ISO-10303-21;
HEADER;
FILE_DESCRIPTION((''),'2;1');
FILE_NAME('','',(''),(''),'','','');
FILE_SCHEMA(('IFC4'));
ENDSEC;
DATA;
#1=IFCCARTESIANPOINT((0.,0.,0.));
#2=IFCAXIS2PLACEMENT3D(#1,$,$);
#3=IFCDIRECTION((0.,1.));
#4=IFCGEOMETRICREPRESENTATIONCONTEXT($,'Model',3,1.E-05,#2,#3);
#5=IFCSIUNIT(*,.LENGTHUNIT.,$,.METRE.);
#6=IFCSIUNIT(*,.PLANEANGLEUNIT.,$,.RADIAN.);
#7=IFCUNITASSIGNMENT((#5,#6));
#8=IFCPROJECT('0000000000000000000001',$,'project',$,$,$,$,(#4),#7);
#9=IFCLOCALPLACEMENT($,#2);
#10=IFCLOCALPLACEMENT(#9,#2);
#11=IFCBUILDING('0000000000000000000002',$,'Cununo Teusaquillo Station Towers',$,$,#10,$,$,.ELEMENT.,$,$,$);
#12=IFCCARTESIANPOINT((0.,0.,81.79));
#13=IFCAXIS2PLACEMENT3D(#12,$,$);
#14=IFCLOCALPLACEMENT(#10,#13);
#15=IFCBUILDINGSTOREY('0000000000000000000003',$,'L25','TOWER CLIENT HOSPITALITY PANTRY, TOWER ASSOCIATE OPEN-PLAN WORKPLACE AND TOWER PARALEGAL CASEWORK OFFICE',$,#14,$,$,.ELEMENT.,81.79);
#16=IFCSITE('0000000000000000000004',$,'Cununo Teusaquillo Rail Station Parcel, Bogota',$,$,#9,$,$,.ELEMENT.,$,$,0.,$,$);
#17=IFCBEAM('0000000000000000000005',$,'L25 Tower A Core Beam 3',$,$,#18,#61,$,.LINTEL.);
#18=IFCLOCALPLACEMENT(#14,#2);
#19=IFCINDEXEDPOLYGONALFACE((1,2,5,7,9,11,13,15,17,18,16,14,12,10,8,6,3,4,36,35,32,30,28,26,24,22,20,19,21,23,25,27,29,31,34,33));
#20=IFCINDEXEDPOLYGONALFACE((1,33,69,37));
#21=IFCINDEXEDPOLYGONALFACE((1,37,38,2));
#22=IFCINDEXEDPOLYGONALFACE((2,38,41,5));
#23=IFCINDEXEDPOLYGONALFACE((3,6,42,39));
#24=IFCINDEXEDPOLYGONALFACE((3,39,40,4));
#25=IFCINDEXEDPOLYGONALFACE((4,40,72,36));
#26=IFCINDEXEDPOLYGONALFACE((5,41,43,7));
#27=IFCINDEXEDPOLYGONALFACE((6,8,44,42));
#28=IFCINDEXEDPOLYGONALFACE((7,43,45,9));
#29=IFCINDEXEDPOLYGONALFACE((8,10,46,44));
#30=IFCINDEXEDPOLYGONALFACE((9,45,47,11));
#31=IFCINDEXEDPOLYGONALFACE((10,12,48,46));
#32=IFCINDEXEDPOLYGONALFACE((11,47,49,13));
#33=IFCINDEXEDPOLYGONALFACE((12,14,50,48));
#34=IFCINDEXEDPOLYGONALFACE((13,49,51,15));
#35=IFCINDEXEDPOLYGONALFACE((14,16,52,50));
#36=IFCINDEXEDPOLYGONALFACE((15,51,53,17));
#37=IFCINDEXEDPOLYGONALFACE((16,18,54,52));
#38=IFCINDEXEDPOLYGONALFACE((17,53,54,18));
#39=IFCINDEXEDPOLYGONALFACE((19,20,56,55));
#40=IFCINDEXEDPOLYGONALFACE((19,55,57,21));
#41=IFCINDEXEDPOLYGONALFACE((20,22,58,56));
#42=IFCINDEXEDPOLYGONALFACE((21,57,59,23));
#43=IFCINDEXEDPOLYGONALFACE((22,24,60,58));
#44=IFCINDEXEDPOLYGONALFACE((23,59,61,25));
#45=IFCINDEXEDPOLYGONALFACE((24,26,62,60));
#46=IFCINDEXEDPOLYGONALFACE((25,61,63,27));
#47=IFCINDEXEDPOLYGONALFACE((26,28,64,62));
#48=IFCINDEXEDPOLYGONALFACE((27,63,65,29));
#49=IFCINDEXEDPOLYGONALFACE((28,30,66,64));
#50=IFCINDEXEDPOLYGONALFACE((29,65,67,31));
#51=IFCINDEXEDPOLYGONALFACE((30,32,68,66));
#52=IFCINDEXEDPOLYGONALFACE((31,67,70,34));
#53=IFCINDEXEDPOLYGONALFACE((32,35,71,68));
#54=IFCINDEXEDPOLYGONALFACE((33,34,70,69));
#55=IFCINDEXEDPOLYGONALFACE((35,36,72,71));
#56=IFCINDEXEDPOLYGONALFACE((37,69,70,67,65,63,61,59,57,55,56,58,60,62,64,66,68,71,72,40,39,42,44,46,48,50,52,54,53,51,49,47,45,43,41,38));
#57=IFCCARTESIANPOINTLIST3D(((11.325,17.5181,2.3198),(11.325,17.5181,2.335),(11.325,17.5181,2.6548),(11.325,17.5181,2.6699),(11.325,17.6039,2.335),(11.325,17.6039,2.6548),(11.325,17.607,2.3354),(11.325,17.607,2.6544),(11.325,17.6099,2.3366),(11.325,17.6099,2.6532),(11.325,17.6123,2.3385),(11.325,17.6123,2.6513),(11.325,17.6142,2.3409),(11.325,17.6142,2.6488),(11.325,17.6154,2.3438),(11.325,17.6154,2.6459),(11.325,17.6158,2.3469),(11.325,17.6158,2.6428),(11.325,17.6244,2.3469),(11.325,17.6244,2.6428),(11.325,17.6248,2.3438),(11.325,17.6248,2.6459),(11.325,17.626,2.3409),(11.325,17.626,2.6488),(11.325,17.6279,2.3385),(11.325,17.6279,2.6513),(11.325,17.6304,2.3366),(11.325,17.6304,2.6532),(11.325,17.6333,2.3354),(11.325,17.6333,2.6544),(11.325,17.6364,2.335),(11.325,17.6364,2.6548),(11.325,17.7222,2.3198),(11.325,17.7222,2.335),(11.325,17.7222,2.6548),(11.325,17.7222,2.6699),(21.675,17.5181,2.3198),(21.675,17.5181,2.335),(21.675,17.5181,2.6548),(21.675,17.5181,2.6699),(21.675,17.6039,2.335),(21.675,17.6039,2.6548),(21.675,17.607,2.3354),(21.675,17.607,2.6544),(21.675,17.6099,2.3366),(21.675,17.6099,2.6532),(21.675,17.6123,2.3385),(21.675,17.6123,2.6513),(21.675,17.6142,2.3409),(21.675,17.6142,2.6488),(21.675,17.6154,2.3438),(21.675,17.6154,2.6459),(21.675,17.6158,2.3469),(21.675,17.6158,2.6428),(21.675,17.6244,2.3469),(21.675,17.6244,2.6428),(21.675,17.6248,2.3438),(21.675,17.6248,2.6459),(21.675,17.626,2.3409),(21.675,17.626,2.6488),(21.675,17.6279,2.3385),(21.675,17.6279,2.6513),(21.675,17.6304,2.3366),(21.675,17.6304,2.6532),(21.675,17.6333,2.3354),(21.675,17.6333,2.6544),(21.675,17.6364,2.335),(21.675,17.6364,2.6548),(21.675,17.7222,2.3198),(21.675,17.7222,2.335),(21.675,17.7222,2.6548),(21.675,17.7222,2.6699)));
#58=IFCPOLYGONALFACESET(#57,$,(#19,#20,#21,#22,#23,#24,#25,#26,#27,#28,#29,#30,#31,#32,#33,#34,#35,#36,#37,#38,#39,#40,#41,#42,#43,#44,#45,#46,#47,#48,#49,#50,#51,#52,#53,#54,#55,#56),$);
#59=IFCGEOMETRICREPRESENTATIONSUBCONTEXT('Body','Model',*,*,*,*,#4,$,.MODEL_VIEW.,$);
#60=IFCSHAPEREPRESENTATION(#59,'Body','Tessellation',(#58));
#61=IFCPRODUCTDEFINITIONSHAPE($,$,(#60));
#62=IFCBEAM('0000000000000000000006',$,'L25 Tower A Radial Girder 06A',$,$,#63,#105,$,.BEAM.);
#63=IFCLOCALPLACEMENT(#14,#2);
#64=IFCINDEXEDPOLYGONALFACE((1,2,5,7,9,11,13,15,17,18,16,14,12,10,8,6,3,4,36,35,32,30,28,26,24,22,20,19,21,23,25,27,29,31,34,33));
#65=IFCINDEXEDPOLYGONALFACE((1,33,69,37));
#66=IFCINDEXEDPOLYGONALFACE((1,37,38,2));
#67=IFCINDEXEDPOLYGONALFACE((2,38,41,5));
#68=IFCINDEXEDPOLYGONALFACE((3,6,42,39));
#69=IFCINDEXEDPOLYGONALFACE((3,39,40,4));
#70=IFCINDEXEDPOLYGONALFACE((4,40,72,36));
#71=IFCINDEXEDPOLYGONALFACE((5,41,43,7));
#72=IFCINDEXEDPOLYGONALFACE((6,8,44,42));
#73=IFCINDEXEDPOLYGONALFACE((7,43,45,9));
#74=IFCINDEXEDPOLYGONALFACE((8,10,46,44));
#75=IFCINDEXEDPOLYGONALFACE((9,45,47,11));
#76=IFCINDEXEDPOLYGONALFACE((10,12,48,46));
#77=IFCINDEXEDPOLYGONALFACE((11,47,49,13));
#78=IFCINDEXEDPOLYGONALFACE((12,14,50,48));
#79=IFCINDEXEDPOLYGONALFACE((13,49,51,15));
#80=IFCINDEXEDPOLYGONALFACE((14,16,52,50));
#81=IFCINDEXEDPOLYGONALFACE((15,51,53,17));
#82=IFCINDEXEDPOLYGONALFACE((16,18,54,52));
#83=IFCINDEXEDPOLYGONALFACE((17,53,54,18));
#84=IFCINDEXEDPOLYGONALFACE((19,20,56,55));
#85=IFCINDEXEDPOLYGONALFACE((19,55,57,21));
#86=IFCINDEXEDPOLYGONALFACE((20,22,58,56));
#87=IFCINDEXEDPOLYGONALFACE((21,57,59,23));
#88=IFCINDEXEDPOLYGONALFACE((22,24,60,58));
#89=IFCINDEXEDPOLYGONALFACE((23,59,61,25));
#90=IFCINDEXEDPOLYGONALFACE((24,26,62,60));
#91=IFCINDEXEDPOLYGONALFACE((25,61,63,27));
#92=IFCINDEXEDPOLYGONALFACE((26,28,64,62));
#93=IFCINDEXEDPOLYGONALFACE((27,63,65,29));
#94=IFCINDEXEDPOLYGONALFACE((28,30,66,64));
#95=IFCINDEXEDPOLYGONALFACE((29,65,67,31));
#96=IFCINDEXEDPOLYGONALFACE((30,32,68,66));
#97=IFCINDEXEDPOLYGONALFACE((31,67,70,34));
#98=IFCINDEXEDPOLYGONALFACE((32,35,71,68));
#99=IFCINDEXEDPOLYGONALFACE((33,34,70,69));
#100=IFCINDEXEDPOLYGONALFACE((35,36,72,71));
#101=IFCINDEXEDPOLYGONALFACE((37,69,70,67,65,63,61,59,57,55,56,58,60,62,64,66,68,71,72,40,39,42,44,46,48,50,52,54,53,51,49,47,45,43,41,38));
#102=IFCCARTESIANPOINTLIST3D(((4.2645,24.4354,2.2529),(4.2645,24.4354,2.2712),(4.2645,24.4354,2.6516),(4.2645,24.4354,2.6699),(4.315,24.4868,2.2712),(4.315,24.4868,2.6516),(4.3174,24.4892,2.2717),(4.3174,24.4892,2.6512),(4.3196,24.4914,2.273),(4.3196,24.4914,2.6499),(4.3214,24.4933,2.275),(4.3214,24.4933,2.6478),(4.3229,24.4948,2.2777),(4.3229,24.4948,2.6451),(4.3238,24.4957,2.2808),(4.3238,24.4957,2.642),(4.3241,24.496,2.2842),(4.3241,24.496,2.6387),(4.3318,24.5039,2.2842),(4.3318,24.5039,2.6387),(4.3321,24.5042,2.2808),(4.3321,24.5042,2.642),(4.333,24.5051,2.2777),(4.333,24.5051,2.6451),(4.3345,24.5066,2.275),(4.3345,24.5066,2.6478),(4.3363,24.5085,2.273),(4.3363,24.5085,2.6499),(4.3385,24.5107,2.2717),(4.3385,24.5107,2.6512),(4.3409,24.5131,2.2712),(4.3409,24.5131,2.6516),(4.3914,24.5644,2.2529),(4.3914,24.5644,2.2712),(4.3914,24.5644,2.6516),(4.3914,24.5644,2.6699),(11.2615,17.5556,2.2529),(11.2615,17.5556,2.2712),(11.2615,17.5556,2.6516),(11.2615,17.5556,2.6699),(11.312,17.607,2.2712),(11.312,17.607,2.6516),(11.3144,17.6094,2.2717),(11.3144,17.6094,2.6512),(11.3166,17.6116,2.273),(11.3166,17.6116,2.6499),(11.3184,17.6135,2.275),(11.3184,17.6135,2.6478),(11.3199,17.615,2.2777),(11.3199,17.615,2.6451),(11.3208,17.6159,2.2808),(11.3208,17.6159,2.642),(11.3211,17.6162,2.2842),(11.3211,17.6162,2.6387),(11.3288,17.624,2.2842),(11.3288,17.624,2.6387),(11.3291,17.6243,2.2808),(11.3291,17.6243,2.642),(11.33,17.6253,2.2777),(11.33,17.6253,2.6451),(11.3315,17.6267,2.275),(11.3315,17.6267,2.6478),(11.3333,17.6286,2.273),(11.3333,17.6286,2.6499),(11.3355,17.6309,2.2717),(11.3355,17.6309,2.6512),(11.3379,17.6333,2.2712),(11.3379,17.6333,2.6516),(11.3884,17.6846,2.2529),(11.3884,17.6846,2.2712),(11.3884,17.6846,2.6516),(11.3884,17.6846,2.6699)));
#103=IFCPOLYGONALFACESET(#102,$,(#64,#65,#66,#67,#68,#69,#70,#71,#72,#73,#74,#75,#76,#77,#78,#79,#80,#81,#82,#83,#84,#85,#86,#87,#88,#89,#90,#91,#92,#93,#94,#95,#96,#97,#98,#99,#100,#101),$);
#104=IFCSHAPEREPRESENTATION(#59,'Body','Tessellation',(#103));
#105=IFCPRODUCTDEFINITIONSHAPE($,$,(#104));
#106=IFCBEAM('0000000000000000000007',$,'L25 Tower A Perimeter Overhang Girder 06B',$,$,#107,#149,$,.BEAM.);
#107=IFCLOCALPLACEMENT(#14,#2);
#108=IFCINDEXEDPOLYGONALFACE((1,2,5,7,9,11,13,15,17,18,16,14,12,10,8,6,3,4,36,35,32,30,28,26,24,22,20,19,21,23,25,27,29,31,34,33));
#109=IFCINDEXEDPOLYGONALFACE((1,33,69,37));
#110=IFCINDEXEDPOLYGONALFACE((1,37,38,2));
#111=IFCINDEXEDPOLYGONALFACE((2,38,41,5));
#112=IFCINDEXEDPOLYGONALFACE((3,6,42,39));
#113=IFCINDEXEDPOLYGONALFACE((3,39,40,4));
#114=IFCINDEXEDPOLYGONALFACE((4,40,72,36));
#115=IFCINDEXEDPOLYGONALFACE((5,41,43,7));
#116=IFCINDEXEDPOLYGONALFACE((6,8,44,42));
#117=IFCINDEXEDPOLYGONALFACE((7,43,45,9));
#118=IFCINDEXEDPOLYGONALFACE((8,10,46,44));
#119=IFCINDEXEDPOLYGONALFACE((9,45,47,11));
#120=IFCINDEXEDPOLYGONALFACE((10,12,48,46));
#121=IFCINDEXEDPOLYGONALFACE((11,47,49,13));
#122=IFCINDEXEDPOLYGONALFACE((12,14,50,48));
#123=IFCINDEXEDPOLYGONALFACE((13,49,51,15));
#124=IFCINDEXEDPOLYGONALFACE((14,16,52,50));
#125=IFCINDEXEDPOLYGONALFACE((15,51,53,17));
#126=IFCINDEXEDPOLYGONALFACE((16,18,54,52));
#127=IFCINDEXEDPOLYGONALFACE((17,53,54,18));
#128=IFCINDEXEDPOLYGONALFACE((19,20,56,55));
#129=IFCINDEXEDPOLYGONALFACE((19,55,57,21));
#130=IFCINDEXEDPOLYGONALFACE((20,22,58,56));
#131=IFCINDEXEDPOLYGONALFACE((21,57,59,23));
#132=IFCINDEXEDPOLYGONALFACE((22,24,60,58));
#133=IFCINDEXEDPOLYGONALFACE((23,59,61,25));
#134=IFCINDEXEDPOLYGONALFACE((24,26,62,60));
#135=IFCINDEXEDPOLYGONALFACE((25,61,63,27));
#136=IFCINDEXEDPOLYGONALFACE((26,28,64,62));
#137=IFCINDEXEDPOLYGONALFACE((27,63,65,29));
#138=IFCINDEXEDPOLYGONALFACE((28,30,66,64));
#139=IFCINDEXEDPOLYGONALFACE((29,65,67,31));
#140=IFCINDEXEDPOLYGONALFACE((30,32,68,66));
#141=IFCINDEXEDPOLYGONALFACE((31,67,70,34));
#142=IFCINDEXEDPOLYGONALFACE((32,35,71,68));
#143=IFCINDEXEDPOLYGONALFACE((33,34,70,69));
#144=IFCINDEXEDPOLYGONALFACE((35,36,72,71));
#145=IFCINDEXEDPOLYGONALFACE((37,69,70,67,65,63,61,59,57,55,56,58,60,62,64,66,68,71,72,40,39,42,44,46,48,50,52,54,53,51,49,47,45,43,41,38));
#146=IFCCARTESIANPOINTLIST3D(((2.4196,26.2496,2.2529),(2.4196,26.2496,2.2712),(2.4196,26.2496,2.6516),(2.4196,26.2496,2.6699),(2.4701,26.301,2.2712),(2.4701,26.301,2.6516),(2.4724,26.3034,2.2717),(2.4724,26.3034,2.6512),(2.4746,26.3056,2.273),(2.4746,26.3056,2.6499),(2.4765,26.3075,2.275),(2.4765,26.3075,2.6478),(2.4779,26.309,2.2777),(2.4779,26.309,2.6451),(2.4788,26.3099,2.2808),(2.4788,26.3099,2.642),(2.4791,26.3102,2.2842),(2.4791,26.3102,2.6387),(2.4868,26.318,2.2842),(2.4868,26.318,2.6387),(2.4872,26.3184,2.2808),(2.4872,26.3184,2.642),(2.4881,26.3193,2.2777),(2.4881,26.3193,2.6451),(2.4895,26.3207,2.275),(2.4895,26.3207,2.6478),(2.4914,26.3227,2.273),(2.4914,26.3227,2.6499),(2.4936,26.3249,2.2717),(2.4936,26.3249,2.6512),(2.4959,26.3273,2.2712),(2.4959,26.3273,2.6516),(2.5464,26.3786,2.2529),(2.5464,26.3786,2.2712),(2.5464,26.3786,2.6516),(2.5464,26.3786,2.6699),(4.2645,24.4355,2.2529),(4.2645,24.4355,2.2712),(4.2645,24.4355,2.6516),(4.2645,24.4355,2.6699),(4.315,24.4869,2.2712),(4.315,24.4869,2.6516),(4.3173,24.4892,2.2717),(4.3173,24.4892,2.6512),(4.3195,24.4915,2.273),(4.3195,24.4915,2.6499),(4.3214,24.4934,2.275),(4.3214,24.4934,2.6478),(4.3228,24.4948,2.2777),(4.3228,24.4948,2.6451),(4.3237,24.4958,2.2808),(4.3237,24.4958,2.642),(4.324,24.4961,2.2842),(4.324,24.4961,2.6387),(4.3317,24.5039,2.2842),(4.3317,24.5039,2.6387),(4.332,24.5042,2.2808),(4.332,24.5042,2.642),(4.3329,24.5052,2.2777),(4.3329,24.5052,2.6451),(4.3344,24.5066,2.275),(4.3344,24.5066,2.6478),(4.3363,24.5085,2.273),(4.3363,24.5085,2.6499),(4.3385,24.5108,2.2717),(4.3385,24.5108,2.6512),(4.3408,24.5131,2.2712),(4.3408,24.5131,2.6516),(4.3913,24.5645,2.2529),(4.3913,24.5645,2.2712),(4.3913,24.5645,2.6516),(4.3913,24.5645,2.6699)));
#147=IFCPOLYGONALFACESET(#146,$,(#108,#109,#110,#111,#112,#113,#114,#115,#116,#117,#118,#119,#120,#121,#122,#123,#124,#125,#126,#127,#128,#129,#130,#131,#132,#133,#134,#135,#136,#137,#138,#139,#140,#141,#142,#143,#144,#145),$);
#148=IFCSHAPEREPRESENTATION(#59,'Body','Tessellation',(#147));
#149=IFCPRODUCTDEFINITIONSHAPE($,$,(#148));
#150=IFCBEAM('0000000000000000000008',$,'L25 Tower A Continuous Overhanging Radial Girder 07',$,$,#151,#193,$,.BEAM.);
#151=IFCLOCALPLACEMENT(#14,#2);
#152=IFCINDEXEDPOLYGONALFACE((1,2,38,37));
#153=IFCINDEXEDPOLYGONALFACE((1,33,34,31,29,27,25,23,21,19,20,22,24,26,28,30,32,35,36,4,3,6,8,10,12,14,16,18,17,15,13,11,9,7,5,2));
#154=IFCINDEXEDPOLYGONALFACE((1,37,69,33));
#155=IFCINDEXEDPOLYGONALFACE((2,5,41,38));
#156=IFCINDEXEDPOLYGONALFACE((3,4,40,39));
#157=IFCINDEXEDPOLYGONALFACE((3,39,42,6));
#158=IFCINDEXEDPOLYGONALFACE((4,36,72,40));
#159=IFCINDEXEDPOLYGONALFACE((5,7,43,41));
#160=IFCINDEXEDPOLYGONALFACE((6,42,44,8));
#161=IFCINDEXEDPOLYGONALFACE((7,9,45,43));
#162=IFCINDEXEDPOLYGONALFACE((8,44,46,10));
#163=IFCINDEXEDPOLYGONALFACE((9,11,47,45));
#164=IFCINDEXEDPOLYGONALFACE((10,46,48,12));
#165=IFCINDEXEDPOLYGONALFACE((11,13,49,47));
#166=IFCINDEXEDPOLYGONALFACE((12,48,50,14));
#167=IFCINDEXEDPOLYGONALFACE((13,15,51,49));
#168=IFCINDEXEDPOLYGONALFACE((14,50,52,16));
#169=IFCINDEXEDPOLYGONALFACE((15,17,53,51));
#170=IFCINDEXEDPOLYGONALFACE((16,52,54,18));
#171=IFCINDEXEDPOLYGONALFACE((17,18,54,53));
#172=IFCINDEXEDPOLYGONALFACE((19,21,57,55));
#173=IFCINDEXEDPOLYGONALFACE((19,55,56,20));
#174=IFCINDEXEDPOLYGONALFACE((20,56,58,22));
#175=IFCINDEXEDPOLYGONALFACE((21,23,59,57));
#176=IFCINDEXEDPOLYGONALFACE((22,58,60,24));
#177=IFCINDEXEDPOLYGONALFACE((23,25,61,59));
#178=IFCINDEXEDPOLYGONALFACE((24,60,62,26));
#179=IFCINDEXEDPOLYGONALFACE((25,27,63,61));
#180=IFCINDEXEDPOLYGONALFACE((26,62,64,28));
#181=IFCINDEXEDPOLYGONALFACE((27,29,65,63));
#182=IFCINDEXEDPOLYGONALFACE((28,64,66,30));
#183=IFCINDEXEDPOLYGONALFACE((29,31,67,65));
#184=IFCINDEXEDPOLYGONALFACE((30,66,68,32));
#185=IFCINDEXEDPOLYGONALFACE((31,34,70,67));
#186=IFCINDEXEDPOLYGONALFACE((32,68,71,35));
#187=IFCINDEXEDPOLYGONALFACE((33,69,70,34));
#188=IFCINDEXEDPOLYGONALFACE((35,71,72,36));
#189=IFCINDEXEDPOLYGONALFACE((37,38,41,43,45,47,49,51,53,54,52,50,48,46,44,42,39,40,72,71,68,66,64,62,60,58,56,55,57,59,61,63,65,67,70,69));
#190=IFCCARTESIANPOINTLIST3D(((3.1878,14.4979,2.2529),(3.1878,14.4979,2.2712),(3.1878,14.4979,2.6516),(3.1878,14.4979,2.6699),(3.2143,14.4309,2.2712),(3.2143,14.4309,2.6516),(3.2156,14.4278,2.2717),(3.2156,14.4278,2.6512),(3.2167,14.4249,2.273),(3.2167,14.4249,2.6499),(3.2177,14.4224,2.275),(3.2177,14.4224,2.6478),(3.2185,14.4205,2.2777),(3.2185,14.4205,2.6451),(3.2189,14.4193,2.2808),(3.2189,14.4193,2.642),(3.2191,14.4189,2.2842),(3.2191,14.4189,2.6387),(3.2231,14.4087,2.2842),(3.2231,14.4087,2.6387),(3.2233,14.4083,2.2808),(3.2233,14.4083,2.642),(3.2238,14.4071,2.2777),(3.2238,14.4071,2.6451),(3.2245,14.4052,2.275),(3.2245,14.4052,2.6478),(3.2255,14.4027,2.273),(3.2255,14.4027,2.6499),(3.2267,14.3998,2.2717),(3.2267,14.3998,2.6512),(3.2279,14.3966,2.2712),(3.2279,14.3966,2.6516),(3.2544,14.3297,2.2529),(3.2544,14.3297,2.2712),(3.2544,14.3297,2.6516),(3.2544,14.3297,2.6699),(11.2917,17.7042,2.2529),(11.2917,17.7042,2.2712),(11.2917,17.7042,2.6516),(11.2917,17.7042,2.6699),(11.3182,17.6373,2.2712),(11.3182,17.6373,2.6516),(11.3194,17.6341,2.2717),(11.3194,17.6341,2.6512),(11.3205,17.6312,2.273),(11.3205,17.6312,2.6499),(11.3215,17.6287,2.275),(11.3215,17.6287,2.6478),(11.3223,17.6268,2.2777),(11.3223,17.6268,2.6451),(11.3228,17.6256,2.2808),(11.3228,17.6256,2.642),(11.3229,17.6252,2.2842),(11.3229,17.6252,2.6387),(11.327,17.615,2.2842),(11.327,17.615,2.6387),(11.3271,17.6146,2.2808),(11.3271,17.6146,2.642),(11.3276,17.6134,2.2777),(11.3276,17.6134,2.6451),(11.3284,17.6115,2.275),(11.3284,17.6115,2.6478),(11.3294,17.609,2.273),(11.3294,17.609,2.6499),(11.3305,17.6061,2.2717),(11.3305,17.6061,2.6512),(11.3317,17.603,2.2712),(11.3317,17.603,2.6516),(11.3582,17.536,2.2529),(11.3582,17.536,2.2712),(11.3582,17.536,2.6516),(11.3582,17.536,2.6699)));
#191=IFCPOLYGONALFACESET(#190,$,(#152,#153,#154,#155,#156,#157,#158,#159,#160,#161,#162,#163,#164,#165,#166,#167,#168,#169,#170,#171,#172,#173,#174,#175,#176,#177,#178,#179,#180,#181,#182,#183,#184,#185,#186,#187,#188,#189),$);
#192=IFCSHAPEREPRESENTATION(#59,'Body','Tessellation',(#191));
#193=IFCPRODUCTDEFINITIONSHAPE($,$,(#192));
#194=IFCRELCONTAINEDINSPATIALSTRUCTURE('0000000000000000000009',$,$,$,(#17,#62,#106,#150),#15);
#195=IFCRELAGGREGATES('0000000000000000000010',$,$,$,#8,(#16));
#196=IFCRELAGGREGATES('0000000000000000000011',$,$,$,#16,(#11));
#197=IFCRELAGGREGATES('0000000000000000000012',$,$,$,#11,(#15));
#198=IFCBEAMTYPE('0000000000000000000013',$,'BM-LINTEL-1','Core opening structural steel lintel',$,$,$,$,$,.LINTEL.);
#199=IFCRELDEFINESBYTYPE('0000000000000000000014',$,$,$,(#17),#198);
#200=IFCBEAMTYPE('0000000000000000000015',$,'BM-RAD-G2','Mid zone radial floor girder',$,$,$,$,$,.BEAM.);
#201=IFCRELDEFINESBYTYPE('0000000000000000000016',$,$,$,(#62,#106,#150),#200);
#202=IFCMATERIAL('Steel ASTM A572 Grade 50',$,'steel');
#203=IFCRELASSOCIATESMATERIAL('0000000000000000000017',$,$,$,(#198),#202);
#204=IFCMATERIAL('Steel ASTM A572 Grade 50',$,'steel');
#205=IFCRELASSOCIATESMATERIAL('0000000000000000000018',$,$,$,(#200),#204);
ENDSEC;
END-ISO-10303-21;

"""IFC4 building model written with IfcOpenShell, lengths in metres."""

from ifc_helpers import new_model, si_unit, direction, frame, origin, origin_2d, place, context, subcontext, project, spatial, i_section, extrude, material, material_profile, profile_set, type_object, element, save


model = new_model("IFC4")

# Units and contexts
model_context = context("Model", 3, precision=1e-05, world=origin(), true_north=direction((0.0, 1.0)))
body_context = subcontext(model_context, "Body", "Model", "MODEL_VIEW")
ifc_project = project(units=[si_unit("LENGTHUNIT", "METRE"), si_unit("PLANEANGLEUNIT", "RADIAN")], contexts=[model_context])

# Site, building, storey
site_placement = place(None, origin())
site = spatial("IfcSite", under=ifc_project, at=site_placement, Name="Cununo Teusaquillo Rail Station Parcel, Bogota", CompositionType="ELEMENT", RefElevation=0.0)
building_placement = place(site_placement, origin())
building = spatial("IfcBuilding", under=site, at=building_placement, Name="Cununo Teusaquillo Station Towers", CompositionType="ELEMENT")
storey_placement = place(building_placement, frame((0.0, 0.0, 81.79)))
storey = spatial("IfcBuildingStorey", under=building, at=storey_placement, Name="L25", Description="TOWER CLIENT HOSPITALITY PANTRY, TOWER ASSOCIATE OPEN-PLAN WORKPLACE AND TOWER PARALEGAL CASEWORK OFFICE", CompositionType="ELEMENT", Elevation=81.79)

# Beams
ifc_material_1 = material(Name="Steel ASTM A572 Grade 50", Category="steel")
ifc_material_profile_1 = material_profile(ifc_material_1, i_section(OverallWidth=0.2041, OverallDepth=0.3501, WebThickness=0.0085, FlangeThickness=0.0151, FilletRadius=0.012, at=origin_2d()), Name="W14X48")
ifc_profile_set_1 = profile_set([ifc_material_profile_1], Name="Steel ASTM A572 Grade 50")
beam_type_1 = type_object("IfcBeamType", Name="BM-LINTEL-1", Description="Core opening structural steel lintel", PredefinedType="LINTEL", material=ifc_profile_set_1)
beam_1_placement = place(storey_placement, frame((11.325, 17.6201, 2.4949), z_axis=(1.0, 0.0, 0.0), x_axis=(0.0, 1.0, 0.0)))
element("IfcBeam", 1, at=beam_1_placement, inside=storey, type_object=beam_type_1, Name="L25 Tower A Core Beam 3", PredefinedType="LINTEL", context=body_context, shape_type="SweptSolid", body=[
    extrude(i_section(OverallWidth=0.2041, OverallDepth=0.3501, WebThickness=0.0085, FlangeThickness=0.0151, FilletRadius=0.012, at=origin_2d()), origin(), (0.0, 0.0, 1.0), 10.3501),
])
ifc_material_2 = material(Name="Steel ASTM A572 Grade 50", Category="steel")
ifc_material_profile_2 = material_profile(ifc_material_2, i_section(OverallWidth=0.1809, OverallDepth=0.417, WebThickness=0.011, FlangeThickness=0.0183, FilletRadius=0.0129, at=origin_2d()), Name="W16X57")
ifc_profile_set_2 = profile_set([ifc_material_profile_2], Name="Steel ASTM A572 Grade 50")
beam_type_2 = type_object("IfcBeamType", Name="BM-RAD-G2", Description="Mid zone radial floor girder", PredefinedType="BEAM", material=ifc_profile_set_2)
beam_2_placement = place(storey_placement, frame((11.325, 17.6201, 2.4614), z_axis=(-0.713053, 0.70111, 0.0), x_axis=(-0.70111, -0.713053, 0.0)))
element("IfcBeam", 2, at=beam_2_placement, inside=storey, type_object=beam_type_2, Name="L25 Tower A Radial Girder 06A", PredefinedType="BEAM", context=body_context, shape_type="SweptSolid", body=[
    extrude(i_section(OverallWidth=0.1809, OverallDepth=0.417, WebThickness=0.011, FlangeThickness=0.0183, FilletRadius=0.0129, at=origin_2d()), origin(), (0.0, 0.0, 1.0), 9.8127),
])
beam_3_placement = place(storey_placement, frame((4.3279, 24.5, 2.4614), z_axis=(-0.713026, 0.701138, 0.0), x_axis=(-0.701138, -0.713026, 0.0)))
element("IfcBeam", 3, at=beam_3_placement, inside=storey, type_object=beam_type_2, Name="L25 Tower A Perimeter Overhang Girder 06B", PredefinedType="BEAM", context=body_context, shape_type="SweptSolid", body=[
    extrude(i_section(OverallWidth=0.1809, OverallDepth=0.417, WebThickness=0.011, FlangeThickness=0.0183, FilletRadius=0.0129, at=origin_2d()), origin(), (0.0, 0.0, 1.0), 2.5874),
])
beam_4_placement = place(storey_placement, frame((11.325, 17.6201, 2.4614), z_axis=(-0.929863, -0.367906, 0.0), x_axis=(0.367906, -0.929863, 0.0)))
element("IfcBeam", 4, at=beam_4_placement, inside=storey, type_object=beam_type_2, Name="L25 Tower A Continuous Overhanging Radial Girder 07", PredefinedType="BEAM", context=body_context, shape_type="SweptSolid", body=[
    extrude(i_section(OverallWidth=0.1809, OverallDepth=0.417, WebThickness=0.011, FlangeThickness=0.0183, FilletRadius=0.0129, at=origin_2d()), origin(), (0.0, 0.0, 1.0), 8.7151),
])

save(model, "model.ifc")
